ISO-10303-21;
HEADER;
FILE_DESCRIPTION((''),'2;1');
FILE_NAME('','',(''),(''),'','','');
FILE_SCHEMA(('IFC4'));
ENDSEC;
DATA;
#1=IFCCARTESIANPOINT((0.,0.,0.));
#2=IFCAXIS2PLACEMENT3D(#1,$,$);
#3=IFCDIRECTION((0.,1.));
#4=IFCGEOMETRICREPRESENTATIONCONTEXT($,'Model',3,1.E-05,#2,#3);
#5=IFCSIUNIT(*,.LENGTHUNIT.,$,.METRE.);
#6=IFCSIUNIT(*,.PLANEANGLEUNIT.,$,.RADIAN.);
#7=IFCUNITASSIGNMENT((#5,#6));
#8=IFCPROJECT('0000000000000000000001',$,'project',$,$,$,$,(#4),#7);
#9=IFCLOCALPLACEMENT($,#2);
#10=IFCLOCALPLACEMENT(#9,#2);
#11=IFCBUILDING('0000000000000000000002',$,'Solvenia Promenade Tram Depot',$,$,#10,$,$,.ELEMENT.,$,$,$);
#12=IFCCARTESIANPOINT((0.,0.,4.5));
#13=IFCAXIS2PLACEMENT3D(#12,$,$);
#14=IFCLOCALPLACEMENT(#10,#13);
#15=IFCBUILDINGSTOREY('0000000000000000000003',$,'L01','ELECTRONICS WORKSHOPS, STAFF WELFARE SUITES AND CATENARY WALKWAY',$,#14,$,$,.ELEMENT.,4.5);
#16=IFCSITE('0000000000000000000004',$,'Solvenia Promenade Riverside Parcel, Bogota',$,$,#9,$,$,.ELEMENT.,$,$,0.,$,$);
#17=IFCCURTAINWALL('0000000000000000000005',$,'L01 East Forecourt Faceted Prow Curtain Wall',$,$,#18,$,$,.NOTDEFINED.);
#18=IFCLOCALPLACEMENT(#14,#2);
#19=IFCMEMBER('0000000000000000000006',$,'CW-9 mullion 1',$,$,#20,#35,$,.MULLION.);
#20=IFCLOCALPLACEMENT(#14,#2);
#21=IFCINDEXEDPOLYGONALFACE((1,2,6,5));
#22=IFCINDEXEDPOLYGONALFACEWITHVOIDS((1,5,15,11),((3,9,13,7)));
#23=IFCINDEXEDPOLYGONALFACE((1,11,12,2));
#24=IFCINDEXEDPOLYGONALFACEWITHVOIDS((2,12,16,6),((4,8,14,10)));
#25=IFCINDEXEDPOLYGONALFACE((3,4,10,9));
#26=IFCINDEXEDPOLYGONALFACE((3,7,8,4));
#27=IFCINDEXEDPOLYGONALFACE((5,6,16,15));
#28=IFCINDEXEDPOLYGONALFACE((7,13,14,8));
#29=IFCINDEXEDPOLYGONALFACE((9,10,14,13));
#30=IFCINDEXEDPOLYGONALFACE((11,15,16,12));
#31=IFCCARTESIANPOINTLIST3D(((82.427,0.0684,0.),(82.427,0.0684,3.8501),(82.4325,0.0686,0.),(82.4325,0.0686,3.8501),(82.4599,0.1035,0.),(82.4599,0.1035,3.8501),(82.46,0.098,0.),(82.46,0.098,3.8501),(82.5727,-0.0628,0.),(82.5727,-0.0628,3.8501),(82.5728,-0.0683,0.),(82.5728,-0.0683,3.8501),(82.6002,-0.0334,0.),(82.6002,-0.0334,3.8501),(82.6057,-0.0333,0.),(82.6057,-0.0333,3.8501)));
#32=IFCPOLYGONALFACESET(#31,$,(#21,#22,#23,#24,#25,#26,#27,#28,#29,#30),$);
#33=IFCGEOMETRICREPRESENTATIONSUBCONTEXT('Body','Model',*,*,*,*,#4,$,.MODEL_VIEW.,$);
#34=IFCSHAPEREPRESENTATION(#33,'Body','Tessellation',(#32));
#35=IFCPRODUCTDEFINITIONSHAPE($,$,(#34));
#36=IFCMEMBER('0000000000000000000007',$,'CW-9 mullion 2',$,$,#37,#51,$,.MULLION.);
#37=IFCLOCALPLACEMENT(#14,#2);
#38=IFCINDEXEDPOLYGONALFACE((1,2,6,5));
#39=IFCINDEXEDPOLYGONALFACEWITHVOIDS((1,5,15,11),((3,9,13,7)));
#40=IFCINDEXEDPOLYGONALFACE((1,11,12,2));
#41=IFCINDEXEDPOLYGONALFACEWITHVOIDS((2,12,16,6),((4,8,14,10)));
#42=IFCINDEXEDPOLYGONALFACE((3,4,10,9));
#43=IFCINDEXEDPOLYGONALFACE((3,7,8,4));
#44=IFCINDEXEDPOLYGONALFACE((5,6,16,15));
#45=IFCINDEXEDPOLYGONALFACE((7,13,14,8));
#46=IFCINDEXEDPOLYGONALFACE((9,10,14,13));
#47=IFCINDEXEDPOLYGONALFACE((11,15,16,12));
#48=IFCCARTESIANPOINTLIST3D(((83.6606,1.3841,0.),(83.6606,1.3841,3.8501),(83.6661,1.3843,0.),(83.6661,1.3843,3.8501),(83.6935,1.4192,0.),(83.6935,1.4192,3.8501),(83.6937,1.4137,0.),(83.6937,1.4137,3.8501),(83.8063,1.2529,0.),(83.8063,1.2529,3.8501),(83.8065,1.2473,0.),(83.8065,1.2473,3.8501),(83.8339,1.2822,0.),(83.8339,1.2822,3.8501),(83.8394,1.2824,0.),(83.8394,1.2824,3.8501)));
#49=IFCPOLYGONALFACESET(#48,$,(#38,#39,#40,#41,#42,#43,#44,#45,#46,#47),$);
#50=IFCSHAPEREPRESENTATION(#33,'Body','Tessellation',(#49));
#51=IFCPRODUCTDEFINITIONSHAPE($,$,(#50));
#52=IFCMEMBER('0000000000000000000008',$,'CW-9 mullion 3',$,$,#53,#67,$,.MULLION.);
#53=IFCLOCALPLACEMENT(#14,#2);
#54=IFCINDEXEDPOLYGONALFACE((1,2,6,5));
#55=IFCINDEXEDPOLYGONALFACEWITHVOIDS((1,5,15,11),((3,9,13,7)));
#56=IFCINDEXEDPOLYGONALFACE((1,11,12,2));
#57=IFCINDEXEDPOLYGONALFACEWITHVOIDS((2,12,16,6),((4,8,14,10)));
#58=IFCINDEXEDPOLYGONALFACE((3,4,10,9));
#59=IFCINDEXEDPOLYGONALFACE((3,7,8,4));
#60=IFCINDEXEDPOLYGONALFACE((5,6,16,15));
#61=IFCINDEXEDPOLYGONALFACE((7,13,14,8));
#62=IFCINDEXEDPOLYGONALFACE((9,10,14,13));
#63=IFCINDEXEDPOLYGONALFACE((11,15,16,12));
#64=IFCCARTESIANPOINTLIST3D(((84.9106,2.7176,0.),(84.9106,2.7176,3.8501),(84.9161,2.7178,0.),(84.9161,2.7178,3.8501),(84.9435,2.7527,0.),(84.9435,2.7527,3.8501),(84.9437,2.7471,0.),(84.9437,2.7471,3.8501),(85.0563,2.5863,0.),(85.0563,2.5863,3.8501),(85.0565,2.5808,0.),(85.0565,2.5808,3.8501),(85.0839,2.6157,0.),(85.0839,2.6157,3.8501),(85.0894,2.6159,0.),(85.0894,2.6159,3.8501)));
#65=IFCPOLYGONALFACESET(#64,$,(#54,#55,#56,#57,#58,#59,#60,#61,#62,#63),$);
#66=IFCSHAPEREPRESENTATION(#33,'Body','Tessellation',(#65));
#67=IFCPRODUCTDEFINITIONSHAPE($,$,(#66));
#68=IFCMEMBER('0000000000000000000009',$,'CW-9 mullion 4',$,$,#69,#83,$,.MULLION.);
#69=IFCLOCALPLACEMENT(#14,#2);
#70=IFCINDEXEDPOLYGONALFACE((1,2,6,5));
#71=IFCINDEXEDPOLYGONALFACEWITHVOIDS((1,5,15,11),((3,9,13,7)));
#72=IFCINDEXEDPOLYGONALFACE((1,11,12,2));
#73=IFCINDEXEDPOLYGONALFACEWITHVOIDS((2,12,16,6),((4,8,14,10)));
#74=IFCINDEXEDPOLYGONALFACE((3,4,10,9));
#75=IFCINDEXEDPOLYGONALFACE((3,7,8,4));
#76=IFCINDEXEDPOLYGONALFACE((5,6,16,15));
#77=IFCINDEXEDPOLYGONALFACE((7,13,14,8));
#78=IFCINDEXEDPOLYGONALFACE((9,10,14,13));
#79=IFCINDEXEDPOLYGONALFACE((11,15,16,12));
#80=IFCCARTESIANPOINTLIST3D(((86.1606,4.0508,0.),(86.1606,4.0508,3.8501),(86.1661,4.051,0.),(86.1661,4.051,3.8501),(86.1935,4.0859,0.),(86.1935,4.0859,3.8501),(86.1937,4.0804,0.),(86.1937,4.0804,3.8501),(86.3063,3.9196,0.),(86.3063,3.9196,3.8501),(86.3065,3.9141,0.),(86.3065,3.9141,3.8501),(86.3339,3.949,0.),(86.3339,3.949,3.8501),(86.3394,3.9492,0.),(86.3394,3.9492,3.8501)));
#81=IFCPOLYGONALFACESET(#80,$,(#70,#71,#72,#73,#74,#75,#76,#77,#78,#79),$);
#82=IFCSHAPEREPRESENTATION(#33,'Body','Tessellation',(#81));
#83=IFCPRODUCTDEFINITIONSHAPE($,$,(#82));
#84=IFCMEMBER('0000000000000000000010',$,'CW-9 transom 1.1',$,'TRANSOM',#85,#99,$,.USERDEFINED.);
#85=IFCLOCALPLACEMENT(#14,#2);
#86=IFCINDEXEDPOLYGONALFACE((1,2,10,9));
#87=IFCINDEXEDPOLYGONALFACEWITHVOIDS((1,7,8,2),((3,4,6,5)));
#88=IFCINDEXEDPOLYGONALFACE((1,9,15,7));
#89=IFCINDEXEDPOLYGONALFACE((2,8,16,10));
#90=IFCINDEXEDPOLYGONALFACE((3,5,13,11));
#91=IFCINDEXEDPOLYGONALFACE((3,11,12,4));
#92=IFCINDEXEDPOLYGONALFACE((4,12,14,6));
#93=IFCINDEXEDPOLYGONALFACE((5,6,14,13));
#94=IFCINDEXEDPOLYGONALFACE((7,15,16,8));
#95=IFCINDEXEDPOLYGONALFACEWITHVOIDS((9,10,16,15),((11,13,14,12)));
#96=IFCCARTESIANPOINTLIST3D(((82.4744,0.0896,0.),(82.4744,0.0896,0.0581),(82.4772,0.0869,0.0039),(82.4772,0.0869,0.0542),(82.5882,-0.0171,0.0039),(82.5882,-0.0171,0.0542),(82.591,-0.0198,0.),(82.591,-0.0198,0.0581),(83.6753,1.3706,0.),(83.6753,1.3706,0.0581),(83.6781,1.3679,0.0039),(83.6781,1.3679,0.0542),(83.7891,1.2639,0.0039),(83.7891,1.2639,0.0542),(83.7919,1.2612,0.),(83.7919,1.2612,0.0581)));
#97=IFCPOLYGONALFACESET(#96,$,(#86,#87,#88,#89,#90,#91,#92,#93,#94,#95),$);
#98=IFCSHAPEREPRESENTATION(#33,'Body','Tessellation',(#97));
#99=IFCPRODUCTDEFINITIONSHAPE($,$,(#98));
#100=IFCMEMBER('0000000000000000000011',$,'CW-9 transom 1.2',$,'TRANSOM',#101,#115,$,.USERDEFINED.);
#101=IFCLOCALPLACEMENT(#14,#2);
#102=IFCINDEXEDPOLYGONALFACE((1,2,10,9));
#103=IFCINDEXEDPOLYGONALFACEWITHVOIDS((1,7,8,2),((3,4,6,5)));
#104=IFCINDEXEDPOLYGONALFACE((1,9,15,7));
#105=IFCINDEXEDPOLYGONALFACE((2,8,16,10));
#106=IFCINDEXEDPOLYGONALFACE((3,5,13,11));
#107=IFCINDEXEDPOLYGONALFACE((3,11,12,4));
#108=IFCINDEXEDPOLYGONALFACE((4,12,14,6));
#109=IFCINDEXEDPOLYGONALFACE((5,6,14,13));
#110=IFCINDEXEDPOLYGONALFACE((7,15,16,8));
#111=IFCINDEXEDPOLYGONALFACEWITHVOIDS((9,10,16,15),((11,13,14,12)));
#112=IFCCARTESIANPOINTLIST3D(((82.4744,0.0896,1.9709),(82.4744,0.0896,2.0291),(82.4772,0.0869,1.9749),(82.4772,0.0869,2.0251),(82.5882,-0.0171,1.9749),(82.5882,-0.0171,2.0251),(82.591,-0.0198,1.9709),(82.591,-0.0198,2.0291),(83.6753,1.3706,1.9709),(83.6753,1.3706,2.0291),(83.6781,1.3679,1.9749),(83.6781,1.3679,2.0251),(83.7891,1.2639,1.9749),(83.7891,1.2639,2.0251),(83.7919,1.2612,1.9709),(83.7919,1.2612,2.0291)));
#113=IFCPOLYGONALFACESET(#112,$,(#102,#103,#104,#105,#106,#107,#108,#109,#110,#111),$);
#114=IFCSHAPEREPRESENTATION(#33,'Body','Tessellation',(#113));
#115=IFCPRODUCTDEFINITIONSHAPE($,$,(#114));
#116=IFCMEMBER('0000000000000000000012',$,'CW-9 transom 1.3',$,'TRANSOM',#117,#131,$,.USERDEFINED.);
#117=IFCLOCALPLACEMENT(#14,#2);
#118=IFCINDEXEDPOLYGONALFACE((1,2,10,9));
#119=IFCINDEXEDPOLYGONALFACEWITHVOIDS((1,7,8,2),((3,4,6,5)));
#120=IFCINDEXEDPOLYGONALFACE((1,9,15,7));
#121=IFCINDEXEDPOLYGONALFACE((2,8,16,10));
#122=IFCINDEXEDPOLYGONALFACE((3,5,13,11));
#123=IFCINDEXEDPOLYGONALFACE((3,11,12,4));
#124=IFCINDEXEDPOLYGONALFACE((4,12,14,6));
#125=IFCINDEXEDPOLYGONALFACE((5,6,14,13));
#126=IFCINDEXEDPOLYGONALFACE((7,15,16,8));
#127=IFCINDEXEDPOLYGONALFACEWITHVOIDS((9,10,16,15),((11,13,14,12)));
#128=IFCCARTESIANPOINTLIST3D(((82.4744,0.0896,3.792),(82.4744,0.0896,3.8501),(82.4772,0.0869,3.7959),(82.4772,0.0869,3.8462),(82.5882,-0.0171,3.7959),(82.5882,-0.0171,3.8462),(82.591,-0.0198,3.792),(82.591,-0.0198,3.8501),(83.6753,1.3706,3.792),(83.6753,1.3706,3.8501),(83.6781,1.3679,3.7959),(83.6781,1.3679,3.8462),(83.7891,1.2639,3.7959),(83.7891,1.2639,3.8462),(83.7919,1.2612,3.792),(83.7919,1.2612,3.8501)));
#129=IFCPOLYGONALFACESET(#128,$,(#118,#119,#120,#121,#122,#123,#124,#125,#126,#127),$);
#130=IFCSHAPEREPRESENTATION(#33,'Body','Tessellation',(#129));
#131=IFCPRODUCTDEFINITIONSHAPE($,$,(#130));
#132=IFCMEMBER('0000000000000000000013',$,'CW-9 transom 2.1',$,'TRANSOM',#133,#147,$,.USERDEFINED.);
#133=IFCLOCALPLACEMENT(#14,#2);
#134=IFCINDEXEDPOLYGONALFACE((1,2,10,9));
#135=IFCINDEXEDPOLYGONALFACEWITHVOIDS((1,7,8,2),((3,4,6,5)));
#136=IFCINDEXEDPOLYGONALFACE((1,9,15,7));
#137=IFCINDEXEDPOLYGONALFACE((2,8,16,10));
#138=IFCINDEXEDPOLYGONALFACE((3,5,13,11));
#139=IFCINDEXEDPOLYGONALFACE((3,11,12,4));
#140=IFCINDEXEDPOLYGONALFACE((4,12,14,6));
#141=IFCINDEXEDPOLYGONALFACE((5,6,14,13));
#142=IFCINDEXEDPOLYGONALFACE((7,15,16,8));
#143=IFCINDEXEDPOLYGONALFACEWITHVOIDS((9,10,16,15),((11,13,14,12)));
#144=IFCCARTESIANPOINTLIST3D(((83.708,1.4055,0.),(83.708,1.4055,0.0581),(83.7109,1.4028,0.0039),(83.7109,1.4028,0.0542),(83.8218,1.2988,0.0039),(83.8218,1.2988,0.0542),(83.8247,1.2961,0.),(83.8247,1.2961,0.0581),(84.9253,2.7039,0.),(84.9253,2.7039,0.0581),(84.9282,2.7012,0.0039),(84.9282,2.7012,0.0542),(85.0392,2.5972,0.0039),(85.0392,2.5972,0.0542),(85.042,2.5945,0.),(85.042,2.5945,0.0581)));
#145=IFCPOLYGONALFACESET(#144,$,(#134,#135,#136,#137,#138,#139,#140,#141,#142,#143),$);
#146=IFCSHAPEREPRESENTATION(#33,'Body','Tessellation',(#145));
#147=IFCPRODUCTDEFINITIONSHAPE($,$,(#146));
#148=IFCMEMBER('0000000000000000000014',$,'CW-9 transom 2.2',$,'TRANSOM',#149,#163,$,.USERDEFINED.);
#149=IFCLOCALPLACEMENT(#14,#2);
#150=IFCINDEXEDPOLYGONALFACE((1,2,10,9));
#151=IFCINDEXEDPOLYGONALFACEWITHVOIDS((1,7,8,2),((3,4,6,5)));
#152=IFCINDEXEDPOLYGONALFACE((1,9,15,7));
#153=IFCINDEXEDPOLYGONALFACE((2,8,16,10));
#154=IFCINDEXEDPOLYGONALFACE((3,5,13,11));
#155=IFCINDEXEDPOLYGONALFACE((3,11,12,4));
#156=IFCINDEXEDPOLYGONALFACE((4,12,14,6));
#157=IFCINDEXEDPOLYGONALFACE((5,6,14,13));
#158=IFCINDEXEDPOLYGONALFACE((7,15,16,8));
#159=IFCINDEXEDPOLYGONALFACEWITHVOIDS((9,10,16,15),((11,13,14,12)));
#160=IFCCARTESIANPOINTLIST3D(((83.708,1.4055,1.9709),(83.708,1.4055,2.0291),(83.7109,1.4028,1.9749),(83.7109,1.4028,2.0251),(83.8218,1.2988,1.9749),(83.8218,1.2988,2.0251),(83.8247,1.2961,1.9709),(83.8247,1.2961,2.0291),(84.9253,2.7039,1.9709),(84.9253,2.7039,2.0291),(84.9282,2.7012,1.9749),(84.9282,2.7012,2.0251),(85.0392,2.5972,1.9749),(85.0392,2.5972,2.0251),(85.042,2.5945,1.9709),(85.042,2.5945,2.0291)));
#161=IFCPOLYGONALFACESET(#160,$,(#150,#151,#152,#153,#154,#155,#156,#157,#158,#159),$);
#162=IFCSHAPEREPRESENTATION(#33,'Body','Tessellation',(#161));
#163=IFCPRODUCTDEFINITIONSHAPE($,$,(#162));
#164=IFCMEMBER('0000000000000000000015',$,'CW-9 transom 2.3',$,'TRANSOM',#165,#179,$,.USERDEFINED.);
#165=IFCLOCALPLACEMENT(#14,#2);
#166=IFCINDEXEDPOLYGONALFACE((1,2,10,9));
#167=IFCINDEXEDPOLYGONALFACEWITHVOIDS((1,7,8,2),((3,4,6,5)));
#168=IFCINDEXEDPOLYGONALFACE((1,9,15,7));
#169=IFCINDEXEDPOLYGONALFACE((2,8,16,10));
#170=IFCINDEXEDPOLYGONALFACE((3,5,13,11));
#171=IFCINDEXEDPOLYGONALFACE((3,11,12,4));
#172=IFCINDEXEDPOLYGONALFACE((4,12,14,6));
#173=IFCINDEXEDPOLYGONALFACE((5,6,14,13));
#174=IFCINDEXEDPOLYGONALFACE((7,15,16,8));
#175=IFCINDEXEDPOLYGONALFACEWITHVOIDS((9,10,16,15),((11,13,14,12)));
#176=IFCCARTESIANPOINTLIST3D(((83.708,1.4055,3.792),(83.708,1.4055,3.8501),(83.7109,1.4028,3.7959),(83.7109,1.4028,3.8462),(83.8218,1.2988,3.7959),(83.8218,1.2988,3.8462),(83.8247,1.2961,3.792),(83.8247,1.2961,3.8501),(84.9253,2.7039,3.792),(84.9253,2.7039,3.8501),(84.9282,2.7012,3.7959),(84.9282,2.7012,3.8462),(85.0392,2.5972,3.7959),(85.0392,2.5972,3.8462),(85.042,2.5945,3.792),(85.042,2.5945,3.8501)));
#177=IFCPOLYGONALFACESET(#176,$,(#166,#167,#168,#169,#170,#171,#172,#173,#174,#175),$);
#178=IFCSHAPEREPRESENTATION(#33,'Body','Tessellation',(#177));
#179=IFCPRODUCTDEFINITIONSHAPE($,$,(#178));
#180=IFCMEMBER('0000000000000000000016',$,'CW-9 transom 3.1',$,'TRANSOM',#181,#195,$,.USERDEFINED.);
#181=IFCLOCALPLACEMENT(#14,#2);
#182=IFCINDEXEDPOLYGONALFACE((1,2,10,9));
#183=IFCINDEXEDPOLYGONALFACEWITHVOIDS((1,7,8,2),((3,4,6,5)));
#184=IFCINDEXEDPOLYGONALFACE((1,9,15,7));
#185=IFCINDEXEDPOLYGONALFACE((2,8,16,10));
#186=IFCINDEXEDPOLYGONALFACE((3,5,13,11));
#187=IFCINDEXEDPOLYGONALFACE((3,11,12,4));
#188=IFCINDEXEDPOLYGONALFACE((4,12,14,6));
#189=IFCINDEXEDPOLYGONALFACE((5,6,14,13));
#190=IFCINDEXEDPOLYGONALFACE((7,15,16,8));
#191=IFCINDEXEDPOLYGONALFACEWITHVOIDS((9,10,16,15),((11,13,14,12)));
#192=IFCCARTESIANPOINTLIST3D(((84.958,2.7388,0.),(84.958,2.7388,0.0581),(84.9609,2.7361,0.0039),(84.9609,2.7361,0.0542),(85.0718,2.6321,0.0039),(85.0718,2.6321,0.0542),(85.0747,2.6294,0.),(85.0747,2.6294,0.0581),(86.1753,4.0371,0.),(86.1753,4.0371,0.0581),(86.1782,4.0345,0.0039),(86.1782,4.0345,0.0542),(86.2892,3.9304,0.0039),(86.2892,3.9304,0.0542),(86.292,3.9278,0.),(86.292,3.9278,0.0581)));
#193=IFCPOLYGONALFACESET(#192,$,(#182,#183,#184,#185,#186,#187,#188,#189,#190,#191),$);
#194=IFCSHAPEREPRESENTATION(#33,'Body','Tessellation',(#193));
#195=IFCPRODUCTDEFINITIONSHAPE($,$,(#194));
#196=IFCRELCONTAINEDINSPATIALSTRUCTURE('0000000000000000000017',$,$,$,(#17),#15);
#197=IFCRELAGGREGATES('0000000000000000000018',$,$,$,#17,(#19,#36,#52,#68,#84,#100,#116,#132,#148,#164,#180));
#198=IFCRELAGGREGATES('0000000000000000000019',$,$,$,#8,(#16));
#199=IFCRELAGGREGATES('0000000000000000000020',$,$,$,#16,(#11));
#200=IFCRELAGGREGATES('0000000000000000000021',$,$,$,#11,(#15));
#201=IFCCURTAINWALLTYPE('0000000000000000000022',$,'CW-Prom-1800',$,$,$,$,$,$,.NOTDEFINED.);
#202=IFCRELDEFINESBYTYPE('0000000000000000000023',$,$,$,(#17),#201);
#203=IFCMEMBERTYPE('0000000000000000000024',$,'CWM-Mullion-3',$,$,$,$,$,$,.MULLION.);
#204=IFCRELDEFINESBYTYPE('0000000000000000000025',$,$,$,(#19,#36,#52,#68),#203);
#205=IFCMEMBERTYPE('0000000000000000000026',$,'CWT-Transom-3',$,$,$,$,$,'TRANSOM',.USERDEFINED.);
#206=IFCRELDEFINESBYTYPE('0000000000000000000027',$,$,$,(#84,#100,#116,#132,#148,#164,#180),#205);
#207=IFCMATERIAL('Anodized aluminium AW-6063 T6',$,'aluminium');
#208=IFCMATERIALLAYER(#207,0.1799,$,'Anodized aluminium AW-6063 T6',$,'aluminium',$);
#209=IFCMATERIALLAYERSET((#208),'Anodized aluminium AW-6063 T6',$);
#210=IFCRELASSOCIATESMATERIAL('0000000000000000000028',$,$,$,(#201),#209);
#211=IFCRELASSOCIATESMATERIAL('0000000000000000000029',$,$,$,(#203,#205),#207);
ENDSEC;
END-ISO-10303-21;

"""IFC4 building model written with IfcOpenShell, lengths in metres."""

from ifc_helpers import new_model, si_unit, direction, frame, origin, origin_2d, place, context, subcontext, project, spatial, hollow_rectangle, extrude, material, layer, layer_set, material_profile, profile_set, type_object, element, aggregate, save


model = new_model("IFC4")

# Units and contexts
model_context = context("Model", 3, precision=1e-05, world=origin(), true_north=direction((0.0, 1.0)))
body_context = subcontext(model_context, "Body", "Model", "MODEL_VIEW")
ifc_project = project(units=[si_unit("LENGTHUNIT", "METRE"), si_unit("PLANEANGLEUNIT", "RADIAN")], contexts=[model_context])

# Site, building, storey
site_placement = place(None, origin())
site = spatial("IfcSite", under=ifc_project, at=site_placement, Name="Solvenia Promenade Riverside Parcel, Bogota", CompositionType="ELEMENT", RefElevation=0.0)
building_placement = place(site_placement, origin())
building = spatial("IfcBuilding", under=site, at=building_placement, Name="Solvenia Promenade Tram Depot", CompositionType="ELEMENT")
storey_placement = place(building_placement, frame((0.0, 0.0, 4.5)))
storey = spatial("IfcBuildingStorey", under=building, at=storey_placement, Name="L01", Description="ELECTRONICS WORKSHOPS, STAFF WELFARE SUITES AND CATENARY WALKWAY", CompositionType="ELEMENT", Elevation=4.5)

# Curtain wall, members
ifc_material_1 = material(Name="Anodized aluminium AW-6063 T6", Category="aluminium")
ifc_layer_1 = layer(ifc_material_1, 0.1799, Name="Anodized aluminium AW-6063 T6", Category="aluminium")
ifc_layer_set_1 = layer_set([ifc_layer_1], Name="Anodized aluminium AW-6063 T6")
curtain_wall_type = type_object("IfcCurtainWallType", Name="CW-Prom-1800", PredefinedType="NOTDEFINED", material=ifc_layer_set_1)
curtain_wall_placement = place(storey_placement, origin())
curtain_wall = element("IfcCurtainWall", 1, at=curtain_wall_placement, inside=storey, type_object=curtain_wall_type, Name="L01 East Forecourt Faceted Prow Curtain Wall", PredefinedType="NOTDEFINED")
ifc_material_profile_1 = material_profile(ifc_material_1, hollow_rectangle(XDim=0.2, YDim=0.0481, WallThickness=0.0039, at=origin_2d()), Name="ALU-M3", Category="aluminium")
ifc_profile_set_1 = profile_set([ifc_material_profile_1], Name="Anodized aluminium AW-6063 T6")
member_type_1 = type_object("IfcMemberType", Name="CWM-Mullion-3", PredefinedType="MULLION", material=ifc_profile_set_1)
member_1_placement = place(storey_placement, frame((82.5164, 0.0176, 0.0), z_axis=(0.0, 0.0, 1.0), x_axis=(-0.729537, 0.683941, 0.0)))
member_1 = element("IfcMember", 2, at=member_1_placement, type_object=member_type_1, Name="CW-9 mullion 1", PredefinedType="MULLION", context=body_context, shape_type="SweptSolid", body=[
    extrude(hollow_rectangle(XDim=0.2, YDim=0.0481, WallThickness=0.0039, at=origin_2d()), origin(), (0.0, 0.0, 1.0), 3.8501),
])
member_2_placement = place(storey_placement, frame((83.75, 1.3333, 0.0), z_axis=(0.0, 0.0, 1.0), x_axis=(-0.729537, 0.683941, 0.0)))
member_2 = element("IfcMember", 3, at=member_2_placement, type_object=member_type_1, Name="CW-9 mullion 2", PredefinedType="MULLION", context=body_context, shape_type="SweptSolid", body=[
    extrude(hollow_rectangle(XDim=0.2, YDim=0.0481, WallThickness=0.0039, at=origin_2d()), origin(), (0.0, 0.0, 1.0), 3.8501),
])
member_3_placement = place(storey_placement, frame((85.0, 2.6667, 0.0), z_axis=(0.0, 0.0, 1.0), x_axis=(-0.729537, 0.683941, 0.0)))
member_3 = element("IfcMember", 4, at=member_3_placement, type_object=member_type_1, Name="CW-9 mullion 3", PredefinedType="MULLION", context=body_context, shape_type="SweptSolid", body=[
    extrude(hollow_rectangle(XDim=0.2, YDim=0.0481, WallThickness=0.0039, at=origin_2d()), origin(), (0.0, 0.0, 1.0), 3.8501),
])
member_4_placement = place(storey_placement, frame((86.25, 4.0, 0.0), z_axis=(0.0, 0.0, 1.0), x_axis=(-0.729537, 0.683941, 0.0)))
member_4 = element("IfcMember", 5, at=member_4_placement, type_object=member_type_1, Name="CW-9 mullion 4", PredefinedType="MULLION", context=body_context, shape_type="SweptSolid", body=[
    extrude(hollow_rectangle(XDim=0.2, YDim=0.0481, WallThickness=0.0039, at=origin_2d()), origin(), (0.0, 0.0, 1.0), 3.8501),
])
ifc_material_profile_2 = material_profile(ifc_material_1, hollow_rectangle(XDim=0.1599, YDim=0.0581, WallThickness=0.0039, at=origin_2d()), Name="ALU-T3", Category="aluminium")
ifc_profile_set_2 = profile_set([ifc_material_profile_2], Name="Anodized aluminium AW-6063 T6")
member_type_2 = type_object("IfcMemberType", Name="CWT-Transom-3", ElementType="TRANSOM", PredefinedType="USERDEFINED", material=ifc_profile_set_2)
member_5_placement = place(storey_placement, frame((82.5327, 0.0349, 0.0291), z_axis=(0.683937, 0.729542, 0.0), x_axis=(-0.729542, 0.683937, 0.0)))
member_5 = element("IfcMember", 6, at=member_5_placement, type_object=member_type_2, Name="CW-9 transom 1.1", ObjectType="TRANSOM", PredefinedType="USERDEFINED", context=body_context, shape_type="SweptSolid", body=[
    extrude(hollow_rectangle(XDim=0.1599, YDim=0.0581, WallThickness=0.0039, at=origin_2d()), origin(), (0.0, 0.0, 1.0), 1.7559),
])
member_6_placement = place(storey_placement, frame((82.5327, 0.0349, 2.0), z_axis=(0.683937, 0.729542, 0.0), x_axis=(-0.729542, 0.683937, 0.0)))
member_6 = element("IfcMember", 7, at=member_6_placement, type_object=member_type_2, Name="CW-9 transom 1.2", ObjectType="TRANSOM", PredefinedType="USERDEFINED", context=body_context, shape_type="SweptSolid", body=[
    extrude(hollow_rectangle(XDim=0.1599, YDim=0.0581, WallThickness=0.0039, at=origin_2d()), origin(), (0.0, 0.0, 1.0), 1.7559),
])
member_7_placement = place(storey_placement, frame((82.5327, 0.0349, 3.821), z_axis=(0.683937, 0.729542, 0.0), x_axis=(-0.729542, 0.683937, 0.0)))
member_7 = element("IfcMember", 8, at=member_7_placement, type_object=member_type_2, Name="CW-9 transom 1.3", ObjectType="TRANSOM", PredefinedType="USERDEFINED", context=body_context, shape_type="SweptSolid", body=[
    extrude(hollow_rectangle(XDim=0.1599, YDim=0.0581, WallThickness=0.0039, at=origin_2d()), origin(), (0.0, 0.0, 1.0), 1.7559),
])
member_8_placement = place(storey_placement, frame((83.7664, 1.3508, 0.0291), z_axis=(0.683969, 0.729512, 0.0), x_axis=(-0.729512, 0.683969, 0.0)))
member_8 = element("IfcMember", 9, at=member_8_placement, type_object=member_type_2, Name="CW-9 transom 2.1", ObjectType="TRANSOM", PredefinedType="USERDEFINED", context=body_context, shape_type="SweptSolid", body=[
    extrude(hollow_rectangle(XDim=0.1599, YDim=0.0581, WallThickness=0.0039, at=origin_2d()), origin(), (0.0, 0.0, 1.0), 1.7798),
])
member_9_placement = place(storey_placement, frame((83.7664, 1.3508, 2.0), z_axis=(0.683969, 0.729512, 0.0), x_axis=(-0.729512, 0.683969, 0.0)))
member_9 = element("IfcMember", 10, at=member_9_placement, type_object=member_type_2, Name="CW-9 transom 2.2", ObjectType="TRANSOM", PredefinedType="USERDEFINED", context=body_context, shape_type="SweptSolid", body=[
    extrude(hollow_rectangle(XDim=0.1599, YDim=0.0581, WallThickness=0.0039, at=origin_2d()), origin(), (0.0, 0.0, 1.0), 1.7798),
])
member_10_placement = place(storey_placement, frame((83.7664, 1.3508, 3.821), z_axis=(0.683969, 0.729512, 0.0), x_axis=(-0.729512, 0.683969, 0.0)))
member_10 = element("IfcMember", 11, at=member_10_placement, type_object=member_type_2, Name="CW-9 transom 2.3", ObjectType="TRANSOM", PredefinedType="USERDEFINED", context=body_context, shape_type="SweptSolid", body=[
    extrude(hollow_rectangle(XDim=0.1599, YDim=0.0581, WallThickness=0.0039, at=origin_2d()), origin(), (0.0, 0.0, 1.0), 1.7798),
])
member_11_placement = place(storey_placement, frame((85.0164, 2.6841, 0.0291), z_axis=(0.683969, 0.729512, 0.0), x_axis=(-0.729512, 0.683969, 0.0)))
member_11 = element("IfcMember", 12, at=member_11_placement, type_object=member_type_2, Name="CW-9 transom 3.1", ObjectType="TRANSOM", PredefinedType="USERDEFINED", context=body_context, shape_type="SweptSolid", body=[
    extrude(hollow_rectangle(XDim=0.1599, YDim=0.0581, WallThickness=0.0039, at=origin_2d()), origin(), (0.0, 0.0, 1.0), 1.7798),
])
aggregate(curtain_wall, [member_1, member_2, member_3, member_4, member_5, member_6, member_7, member_8, member_9, member_10, member_11])

save(model, "model.ifc")
